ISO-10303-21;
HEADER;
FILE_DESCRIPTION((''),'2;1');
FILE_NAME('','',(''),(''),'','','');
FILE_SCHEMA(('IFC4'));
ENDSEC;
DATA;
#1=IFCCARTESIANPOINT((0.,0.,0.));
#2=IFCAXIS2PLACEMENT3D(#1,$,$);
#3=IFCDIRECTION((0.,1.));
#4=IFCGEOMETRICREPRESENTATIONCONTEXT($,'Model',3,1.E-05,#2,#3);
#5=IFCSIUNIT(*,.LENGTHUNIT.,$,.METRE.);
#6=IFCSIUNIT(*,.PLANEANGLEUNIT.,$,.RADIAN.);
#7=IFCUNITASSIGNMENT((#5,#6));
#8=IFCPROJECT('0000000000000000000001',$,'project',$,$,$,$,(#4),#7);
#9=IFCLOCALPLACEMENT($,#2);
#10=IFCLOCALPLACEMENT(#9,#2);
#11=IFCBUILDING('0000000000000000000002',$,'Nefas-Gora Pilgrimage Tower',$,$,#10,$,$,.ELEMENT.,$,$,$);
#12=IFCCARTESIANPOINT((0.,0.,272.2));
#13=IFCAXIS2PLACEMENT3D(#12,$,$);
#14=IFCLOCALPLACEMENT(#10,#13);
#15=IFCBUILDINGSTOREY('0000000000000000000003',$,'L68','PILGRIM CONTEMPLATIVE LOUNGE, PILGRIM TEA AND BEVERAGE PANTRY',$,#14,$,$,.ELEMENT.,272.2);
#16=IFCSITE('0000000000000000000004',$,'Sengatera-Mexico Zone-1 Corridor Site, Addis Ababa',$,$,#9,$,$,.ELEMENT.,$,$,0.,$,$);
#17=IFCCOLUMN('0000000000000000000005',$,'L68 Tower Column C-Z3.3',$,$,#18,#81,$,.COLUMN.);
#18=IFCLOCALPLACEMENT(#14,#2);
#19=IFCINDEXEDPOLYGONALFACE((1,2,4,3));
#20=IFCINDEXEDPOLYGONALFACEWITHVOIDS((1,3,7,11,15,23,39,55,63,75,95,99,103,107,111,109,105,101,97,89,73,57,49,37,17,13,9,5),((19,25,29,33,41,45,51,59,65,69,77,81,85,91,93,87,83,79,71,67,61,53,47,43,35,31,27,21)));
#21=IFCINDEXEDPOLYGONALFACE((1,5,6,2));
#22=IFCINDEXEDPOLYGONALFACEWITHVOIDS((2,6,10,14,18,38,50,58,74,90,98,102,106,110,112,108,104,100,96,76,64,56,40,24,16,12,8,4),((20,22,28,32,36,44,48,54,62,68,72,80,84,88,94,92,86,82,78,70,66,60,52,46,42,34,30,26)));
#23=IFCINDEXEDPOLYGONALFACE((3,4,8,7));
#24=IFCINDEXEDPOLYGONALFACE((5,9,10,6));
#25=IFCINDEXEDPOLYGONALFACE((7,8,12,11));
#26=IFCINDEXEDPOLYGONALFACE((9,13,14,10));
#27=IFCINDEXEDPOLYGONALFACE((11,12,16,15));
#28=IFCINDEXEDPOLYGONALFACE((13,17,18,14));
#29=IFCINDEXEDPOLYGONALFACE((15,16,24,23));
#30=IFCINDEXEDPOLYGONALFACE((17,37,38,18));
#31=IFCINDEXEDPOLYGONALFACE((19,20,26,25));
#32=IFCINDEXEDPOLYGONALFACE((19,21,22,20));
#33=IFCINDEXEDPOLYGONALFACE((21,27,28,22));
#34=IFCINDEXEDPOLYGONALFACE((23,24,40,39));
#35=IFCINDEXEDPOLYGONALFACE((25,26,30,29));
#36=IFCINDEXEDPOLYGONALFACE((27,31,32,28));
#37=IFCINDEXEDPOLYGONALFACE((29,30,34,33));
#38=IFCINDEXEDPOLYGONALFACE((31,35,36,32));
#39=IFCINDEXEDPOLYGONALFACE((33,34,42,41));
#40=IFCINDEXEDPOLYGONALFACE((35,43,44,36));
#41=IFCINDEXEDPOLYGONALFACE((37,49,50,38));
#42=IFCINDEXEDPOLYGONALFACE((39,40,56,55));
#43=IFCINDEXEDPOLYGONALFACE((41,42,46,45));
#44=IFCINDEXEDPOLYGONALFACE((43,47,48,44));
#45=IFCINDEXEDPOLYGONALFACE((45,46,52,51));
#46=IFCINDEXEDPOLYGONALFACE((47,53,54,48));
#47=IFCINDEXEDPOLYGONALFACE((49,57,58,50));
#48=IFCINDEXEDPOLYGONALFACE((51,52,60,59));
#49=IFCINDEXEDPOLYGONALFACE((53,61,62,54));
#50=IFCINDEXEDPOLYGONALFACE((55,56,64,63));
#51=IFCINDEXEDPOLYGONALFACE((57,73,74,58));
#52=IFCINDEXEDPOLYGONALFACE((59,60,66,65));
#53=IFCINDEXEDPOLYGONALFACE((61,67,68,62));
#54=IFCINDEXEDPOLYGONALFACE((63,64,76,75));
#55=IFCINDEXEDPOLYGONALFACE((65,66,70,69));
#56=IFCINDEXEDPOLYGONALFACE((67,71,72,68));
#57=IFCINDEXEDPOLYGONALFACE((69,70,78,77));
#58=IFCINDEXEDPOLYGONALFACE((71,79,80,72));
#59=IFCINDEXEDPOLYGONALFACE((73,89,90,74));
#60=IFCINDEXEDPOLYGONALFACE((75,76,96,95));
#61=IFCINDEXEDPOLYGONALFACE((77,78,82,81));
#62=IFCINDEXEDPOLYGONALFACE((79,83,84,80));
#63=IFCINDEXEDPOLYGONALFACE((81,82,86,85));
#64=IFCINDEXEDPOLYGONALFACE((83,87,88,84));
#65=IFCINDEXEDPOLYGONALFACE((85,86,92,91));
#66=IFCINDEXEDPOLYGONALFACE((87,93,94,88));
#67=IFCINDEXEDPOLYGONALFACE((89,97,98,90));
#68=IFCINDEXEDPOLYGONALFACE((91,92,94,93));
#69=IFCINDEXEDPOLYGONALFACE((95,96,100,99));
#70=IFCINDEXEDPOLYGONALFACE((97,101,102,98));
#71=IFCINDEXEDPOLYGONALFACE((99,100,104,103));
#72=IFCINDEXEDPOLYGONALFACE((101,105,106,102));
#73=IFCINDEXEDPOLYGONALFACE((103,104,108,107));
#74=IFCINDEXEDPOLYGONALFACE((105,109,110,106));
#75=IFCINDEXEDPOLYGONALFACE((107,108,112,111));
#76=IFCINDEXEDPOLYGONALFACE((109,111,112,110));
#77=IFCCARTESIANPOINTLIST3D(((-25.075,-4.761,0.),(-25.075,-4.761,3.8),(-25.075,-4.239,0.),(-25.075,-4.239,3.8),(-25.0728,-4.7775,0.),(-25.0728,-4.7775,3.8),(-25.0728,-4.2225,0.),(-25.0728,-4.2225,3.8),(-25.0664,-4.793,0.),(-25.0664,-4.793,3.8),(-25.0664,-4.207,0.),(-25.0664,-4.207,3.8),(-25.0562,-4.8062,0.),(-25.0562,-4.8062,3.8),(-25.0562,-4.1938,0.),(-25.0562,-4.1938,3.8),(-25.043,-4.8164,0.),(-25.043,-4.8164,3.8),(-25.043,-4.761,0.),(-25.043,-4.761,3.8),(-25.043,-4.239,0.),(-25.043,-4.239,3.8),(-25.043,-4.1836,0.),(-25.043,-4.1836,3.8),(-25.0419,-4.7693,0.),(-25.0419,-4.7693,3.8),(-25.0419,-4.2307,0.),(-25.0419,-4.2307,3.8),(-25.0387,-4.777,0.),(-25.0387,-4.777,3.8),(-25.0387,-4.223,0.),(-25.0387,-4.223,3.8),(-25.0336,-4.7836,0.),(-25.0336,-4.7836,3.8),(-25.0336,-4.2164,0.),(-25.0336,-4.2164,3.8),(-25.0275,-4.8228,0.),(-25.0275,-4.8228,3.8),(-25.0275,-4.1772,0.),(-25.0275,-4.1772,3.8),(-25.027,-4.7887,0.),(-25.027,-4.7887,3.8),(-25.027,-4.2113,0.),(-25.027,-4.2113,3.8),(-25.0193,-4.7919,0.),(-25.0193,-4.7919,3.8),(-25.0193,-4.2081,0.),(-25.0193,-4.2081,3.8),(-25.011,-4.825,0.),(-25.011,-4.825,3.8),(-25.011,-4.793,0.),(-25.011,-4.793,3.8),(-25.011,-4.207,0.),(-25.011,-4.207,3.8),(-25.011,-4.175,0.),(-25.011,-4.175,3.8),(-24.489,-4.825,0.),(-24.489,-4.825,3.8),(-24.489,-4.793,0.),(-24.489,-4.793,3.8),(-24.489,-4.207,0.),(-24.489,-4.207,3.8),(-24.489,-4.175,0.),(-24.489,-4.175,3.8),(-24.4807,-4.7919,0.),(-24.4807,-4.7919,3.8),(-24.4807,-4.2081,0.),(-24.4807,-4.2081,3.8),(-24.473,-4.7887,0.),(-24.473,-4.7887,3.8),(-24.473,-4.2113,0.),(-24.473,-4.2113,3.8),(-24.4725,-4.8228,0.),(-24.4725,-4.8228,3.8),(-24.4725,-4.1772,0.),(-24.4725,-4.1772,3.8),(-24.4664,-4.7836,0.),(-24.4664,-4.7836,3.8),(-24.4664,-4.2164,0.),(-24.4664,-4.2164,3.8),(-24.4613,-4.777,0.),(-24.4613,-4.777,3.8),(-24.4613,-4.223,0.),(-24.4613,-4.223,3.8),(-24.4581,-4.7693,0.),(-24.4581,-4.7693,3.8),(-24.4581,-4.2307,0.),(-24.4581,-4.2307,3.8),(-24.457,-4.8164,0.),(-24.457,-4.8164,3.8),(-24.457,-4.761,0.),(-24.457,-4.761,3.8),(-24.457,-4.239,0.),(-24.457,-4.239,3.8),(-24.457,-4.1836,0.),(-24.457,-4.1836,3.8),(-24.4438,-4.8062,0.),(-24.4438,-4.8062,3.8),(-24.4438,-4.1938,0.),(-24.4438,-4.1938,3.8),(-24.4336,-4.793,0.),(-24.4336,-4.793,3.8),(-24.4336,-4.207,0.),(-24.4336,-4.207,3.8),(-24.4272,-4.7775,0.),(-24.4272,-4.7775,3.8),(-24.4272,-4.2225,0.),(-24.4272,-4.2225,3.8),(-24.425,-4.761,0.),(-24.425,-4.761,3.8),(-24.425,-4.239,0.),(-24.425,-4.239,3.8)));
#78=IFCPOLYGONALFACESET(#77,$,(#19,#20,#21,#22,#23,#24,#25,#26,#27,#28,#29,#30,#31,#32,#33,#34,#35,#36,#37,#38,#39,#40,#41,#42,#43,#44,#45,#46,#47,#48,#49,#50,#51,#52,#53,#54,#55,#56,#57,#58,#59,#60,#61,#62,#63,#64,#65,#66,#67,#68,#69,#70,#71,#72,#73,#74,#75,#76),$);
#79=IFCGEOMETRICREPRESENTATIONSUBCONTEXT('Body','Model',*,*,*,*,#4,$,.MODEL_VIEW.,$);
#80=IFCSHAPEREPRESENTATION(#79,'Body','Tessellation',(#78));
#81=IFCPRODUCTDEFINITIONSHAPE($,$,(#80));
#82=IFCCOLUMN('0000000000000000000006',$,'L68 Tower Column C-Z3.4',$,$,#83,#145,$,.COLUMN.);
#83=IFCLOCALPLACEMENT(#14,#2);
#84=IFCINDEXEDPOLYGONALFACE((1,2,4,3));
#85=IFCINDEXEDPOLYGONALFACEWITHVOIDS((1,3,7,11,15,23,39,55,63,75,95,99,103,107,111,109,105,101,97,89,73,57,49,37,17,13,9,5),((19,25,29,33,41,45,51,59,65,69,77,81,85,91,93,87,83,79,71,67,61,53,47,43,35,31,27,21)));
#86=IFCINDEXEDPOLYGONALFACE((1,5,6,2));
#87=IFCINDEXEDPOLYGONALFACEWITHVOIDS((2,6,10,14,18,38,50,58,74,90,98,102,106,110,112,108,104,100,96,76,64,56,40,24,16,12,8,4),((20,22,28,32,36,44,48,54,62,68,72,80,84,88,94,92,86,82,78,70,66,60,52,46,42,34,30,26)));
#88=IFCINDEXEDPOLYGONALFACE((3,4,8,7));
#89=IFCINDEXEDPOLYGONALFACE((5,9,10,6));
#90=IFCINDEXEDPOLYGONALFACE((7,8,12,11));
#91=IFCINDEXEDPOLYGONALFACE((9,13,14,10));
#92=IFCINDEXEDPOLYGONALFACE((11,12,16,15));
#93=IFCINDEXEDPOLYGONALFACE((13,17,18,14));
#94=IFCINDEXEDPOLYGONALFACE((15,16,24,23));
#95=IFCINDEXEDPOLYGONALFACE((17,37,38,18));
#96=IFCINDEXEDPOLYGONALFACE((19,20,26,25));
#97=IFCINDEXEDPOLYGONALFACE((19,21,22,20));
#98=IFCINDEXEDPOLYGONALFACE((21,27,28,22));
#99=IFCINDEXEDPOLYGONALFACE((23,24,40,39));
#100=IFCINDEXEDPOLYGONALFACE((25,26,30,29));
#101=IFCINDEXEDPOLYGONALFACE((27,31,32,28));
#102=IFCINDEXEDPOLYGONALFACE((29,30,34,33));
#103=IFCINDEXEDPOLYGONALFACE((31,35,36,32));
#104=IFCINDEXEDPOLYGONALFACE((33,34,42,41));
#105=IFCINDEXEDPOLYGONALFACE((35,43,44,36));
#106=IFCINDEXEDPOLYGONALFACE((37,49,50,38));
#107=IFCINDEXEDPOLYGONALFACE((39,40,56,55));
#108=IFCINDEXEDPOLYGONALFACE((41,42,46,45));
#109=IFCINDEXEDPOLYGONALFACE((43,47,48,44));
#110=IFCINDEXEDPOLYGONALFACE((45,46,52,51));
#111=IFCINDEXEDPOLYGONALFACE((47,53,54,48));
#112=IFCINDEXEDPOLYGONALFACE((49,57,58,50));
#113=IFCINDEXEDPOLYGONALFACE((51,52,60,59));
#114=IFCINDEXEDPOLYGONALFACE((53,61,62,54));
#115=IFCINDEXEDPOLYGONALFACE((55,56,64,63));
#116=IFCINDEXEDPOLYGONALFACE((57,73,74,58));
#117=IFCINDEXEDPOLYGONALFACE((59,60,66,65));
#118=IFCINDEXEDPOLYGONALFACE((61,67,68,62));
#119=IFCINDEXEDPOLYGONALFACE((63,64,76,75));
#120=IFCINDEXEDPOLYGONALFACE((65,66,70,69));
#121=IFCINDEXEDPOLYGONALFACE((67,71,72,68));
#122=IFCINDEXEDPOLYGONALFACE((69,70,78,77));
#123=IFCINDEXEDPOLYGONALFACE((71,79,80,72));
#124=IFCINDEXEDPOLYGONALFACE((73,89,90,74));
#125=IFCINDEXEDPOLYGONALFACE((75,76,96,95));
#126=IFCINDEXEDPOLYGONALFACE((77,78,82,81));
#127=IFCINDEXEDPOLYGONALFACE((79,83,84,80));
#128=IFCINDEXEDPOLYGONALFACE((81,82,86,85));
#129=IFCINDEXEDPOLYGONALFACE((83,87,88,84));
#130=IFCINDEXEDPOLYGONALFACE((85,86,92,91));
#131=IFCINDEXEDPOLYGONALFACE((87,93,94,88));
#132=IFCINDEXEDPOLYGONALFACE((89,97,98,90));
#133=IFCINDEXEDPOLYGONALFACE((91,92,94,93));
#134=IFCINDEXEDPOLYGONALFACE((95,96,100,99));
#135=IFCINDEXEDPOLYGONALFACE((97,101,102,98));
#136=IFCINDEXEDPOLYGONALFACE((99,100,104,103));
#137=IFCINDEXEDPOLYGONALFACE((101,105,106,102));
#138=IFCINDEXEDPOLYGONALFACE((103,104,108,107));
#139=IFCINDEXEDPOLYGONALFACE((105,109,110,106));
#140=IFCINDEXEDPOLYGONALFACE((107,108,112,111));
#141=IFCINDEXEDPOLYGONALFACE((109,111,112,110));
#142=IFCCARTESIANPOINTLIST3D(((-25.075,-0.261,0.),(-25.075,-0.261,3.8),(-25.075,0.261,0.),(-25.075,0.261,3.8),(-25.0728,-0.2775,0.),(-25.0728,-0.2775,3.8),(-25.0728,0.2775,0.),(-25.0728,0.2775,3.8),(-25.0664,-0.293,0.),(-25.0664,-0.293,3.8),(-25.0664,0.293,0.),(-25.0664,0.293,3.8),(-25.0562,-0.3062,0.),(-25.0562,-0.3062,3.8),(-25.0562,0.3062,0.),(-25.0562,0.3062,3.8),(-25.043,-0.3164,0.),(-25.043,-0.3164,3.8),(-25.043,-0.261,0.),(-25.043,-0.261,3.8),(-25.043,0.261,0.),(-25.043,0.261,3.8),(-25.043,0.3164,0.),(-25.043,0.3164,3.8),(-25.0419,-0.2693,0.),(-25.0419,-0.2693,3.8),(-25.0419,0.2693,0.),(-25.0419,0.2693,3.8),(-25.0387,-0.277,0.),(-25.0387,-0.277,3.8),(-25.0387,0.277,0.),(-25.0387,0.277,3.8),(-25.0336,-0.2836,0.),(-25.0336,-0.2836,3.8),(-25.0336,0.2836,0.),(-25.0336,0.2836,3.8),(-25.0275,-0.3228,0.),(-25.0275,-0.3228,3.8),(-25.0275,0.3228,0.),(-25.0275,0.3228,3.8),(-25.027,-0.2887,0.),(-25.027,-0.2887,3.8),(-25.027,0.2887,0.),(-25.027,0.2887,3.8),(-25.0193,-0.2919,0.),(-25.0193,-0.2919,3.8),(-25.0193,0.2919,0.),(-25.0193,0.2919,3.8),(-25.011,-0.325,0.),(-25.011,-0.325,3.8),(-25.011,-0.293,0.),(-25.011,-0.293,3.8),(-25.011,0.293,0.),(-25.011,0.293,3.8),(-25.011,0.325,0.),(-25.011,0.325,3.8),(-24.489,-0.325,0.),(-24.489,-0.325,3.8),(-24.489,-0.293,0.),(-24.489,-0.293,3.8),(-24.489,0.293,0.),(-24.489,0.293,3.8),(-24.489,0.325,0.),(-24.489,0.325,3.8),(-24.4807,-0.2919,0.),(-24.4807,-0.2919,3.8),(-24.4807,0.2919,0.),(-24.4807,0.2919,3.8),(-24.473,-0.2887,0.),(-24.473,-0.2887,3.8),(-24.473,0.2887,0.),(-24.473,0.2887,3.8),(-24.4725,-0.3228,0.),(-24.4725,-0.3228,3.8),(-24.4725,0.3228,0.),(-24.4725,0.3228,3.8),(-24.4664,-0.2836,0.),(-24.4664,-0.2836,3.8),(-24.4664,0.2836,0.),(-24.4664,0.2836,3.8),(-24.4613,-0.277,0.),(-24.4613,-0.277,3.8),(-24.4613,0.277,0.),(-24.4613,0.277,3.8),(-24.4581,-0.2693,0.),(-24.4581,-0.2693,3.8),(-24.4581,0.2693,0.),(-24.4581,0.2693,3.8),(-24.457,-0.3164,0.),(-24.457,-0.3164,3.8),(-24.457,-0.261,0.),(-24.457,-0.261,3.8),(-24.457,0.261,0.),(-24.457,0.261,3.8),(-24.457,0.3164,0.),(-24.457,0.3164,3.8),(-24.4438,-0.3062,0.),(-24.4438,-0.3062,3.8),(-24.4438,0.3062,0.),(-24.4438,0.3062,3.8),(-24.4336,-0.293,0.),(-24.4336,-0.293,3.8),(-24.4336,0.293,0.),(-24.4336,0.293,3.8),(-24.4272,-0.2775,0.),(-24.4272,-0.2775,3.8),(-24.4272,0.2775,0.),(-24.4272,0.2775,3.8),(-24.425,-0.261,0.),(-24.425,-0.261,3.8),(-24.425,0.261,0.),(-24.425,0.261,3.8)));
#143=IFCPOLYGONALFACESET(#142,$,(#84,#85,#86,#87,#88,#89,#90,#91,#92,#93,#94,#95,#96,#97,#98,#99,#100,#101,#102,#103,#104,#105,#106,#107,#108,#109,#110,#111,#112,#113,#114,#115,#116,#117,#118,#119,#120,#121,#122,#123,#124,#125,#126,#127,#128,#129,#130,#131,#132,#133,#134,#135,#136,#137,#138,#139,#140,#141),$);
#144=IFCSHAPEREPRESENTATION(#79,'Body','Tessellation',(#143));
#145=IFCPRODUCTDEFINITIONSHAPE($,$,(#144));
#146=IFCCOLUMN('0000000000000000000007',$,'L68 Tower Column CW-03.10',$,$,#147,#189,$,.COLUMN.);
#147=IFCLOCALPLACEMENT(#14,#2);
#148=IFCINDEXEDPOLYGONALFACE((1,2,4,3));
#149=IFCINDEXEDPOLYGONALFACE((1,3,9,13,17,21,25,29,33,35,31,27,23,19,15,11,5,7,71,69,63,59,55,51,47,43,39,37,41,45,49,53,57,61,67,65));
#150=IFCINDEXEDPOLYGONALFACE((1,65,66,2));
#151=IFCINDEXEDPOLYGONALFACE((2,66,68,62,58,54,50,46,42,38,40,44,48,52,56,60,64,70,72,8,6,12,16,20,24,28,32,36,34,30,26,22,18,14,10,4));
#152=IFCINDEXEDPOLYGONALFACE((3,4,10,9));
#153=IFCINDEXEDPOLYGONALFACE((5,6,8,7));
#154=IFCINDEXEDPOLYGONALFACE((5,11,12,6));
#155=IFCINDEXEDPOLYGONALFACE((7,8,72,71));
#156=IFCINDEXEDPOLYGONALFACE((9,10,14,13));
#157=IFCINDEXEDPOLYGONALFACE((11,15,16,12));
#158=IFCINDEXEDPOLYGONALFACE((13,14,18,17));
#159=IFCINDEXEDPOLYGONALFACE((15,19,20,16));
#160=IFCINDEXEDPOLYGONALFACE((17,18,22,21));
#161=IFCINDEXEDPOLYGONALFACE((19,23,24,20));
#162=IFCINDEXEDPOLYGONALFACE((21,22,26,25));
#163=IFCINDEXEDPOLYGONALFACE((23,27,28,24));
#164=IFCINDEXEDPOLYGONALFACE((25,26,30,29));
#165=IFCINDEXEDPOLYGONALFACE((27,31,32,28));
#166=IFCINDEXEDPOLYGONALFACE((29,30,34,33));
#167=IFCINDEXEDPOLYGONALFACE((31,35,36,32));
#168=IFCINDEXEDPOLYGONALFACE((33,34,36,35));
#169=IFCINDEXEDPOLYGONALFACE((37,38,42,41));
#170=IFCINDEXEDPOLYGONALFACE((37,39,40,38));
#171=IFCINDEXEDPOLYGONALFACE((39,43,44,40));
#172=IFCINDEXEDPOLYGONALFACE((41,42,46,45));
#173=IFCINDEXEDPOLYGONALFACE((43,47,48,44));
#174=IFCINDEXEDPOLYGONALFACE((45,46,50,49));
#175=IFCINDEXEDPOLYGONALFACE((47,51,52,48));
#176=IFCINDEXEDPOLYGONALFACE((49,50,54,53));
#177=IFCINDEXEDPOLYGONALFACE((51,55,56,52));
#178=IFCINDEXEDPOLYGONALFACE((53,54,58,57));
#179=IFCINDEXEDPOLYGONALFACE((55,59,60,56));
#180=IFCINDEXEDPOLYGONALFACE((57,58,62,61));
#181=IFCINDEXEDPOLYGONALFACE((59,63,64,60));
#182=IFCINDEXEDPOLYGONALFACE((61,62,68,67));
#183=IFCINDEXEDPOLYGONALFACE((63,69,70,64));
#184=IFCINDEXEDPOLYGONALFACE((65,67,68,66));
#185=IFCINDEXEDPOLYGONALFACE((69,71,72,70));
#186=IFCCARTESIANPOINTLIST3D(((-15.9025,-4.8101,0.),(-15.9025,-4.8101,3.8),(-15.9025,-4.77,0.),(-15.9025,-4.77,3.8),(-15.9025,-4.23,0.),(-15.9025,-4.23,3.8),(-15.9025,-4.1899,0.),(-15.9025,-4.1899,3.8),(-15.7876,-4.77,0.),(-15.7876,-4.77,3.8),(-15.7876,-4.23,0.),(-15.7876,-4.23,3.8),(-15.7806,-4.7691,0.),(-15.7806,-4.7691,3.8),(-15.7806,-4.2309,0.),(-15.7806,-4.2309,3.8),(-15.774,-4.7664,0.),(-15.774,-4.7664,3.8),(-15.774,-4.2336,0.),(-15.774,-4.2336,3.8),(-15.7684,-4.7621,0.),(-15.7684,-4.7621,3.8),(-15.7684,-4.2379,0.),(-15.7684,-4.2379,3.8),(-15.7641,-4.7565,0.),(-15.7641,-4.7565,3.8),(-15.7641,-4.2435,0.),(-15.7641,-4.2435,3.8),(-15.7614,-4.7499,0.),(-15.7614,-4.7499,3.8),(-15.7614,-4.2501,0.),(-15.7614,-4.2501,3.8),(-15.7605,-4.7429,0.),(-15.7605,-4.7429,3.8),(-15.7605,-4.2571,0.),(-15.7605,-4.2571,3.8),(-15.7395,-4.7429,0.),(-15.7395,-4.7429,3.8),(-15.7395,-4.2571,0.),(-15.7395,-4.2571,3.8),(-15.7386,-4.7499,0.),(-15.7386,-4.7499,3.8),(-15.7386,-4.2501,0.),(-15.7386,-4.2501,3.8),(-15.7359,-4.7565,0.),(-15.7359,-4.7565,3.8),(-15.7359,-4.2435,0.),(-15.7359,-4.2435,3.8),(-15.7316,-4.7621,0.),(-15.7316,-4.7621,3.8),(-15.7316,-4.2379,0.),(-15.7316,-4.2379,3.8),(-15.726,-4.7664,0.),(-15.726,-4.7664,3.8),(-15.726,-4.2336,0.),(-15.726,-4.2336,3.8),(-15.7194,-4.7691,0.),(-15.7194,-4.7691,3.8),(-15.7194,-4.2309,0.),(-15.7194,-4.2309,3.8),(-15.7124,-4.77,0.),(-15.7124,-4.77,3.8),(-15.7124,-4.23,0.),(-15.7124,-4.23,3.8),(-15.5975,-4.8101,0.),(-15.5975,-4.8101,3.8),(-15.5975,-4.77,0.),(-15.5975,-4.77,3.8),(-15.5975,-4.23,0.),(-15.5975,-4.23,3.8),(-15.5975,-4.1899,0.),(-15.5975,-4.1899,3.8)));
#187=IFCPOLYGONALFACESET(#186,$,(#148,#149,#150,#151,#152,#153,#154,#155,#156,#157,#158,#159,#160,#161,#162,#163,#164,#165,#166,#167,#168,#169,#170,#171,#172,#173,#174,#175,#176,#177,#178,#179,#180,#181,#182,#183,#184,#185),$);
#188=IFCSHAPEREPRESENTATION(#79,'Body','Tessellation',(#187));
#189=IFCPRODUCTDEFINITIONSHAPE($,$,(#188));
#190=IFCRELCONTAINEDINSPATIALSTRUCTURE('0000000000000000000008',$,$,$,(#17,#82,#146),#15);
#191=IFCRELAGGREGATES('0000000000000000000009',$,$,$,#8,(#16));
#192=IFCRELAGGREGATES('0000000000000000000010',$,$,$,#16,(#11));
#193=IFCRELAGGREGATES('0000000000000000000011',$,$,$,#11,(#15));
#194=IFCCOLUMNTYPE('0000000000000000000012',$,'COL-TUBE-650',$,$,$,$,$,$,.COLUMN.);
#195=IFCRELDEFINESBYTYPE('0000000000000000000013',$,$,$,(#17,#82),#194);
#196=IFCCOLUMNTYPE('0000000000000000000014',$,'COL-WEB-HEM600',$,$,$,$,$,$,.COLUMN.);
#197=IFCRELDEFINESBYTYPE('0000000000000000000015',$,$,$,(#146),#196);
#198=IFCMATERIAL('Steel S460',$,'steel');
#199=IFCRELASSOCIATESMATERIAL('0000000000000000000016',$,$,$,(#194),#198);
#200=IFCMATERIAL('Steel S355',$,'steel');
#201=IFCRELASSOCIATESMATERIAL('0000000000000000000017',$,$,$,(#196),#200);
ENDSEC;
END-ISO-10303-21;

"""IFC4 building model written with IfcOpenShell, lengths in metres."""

from ifc_helpers import new_model, si_unit, direction, frame, origin, origin_2d, place, context, subcontext, project, spatial, hollow_rectangle, i_section, extrude, source, transform, mapped, material, material_profile, profile_set, type_object, element, save


model = new_model("IFC4")

# Units and contexts
model_context = context("Model", 3, precision=1e-05, world=origin(), true_north=direction((0.0, 1.0)))
body_context = subcontext(model_context, "Body", "Model", "MODEL_VIEW")
ifc_project = project(units=[si_unit("LENGTHUNIT", "METRE"), si_unit("PLANEANGLEUNIT", "RADIAN")], contexts=[model_context])

# Site, building, storey
site_placement = place(None, origin())
site = spatial("IfcSite", under=ifc_project, at=site_placement, Name="Sengatera-Mexico Zone-1 Corridor Site, Addis Ababa", CompositionType="ELEMENT", RefElevation=0.0)
building_placement = place(site_placement, origin())
building = spatial("IfcBuilding", under=site, at=building_placement, Name="Nefas-Gora Pilgrimage Tower", CompositionType="ELEMENT")
storey_placement = place(building_placement, frame((0.0, 0.0, 272.2)))
storey = spatial("IfcBuildingStorey", under=building, at=storey_placement, Name="L68", Description="PILGRIM CONTEMPLATIVE LOUNGE, PILGRIM TEA AND BEVERAGE PANTRY", CompositionType="ELEMENT", Elevation=272.2)

# Columns
ifc_material_1 = material(Name="Steel S460", Category="steel")
ifc_material_profile_1 = material_profile(ifc_material_1, hollow_rectangle(XDim=0.6499, YDim=0.6499, WallThickness=0.032, InnerFilletRadius=0.032, OuterFilletRadius=0.064, at=origin_2d()), Name="BOX 650x650x32")
ifc_profile_set_1 = profile_set([ifc_material_profile_1], Name="Steel S460")
column_type_1 = type_object("IfcColumnType", Name="COL-TUBE-650", PredefinedType="COLUMN", material=ifc_profile_set_1)
shared_shape_1 = source(origin(), body_context, "Body", "SweptSolid", [
    extrude(hollow_rectangle(XDim=0.6499, YDim=0.6499, WallThickness=0.032, InnerFilletRadius=0.032, OuterFilletRadius=0.064, at=origin_2d()), origin(), (0.0, 0.0, 1.0), 3.8),
])
for number, where, z_axis, x_axis, name in (
    (1, (-24.75, -4.5, 0.0), (0.0, 0.0, 1.0), (1.0, 0.0, 0.0), "L68 Tower Column C-Z3.3"),
    (2, (-24.75, 0.0, 0.0), (0.0, 0.0, 1.0), (1.0, 0.0, 0.0), "L68 Tower Column C-Z3.4"),
):
    element("IfcColumn", number, at=place(storey_placement, frame(where, z_axis=z_axis, x_axis=x_axis)), inside=storey, type_object=column_type_1, Name=name, PredefinedType="COLUMN", context=body_context, shape_type="MappedRepresentation", body=[
        mapped(shared_shape_1, transform((0.0, 0.0, 0.0), x_axis=(1.0, 0.0, 0.0), y_axis=(0.0, 1.0, 0.0), z_axis=(0.0, 0.0, 1.0), scale=1.0)),
    ])
ifc_material_2 = material(Name="Steel S355", Category="steel")
ifc_material_profile_2 = material_profile(ifc_material_2, i_section(OverallWidth=0.3049, OverallDepth=0.6201, WebThickness=0.021, FlangeThickness=0.04, FilletRadius=0.0271, at=origin_2d()), Name="HEM 600")
ifc_profile_set_2 = profile_set([ifc_material_profile_2], Name="Steel S355")
column_type_2 = type_object("IfcColumnType", Name="COL-WEB-HEM600", PredefinedType="COLUMN", material=ifc_profile_set_2)
shared_shape_2 = source(origin(), body_context, "Body", "SweptSolid", [
    extrude(i_section(OverallWidth=0.3049, OverallDepth=0.6201, WebThickness=0.021, FlangeThickness=0.04, FilletRadius=0.0271, at=origin_2d()), origin(), (0.0, 0.0, 1.0), 3.8),
])
for number, where, z_axis, x_axis, name in (
    (3, (-15.75, -4.5, 0.0), (0.0, 0.0, 1.0), (1.0, 0.0, 0.0), "L68 Tower Column CW-03.10"),
):
    element("IfcColumn", number, at=place(storey_placement, frame(where, z_axis=z_axis, x_axis=x_axis)), inside=storey, type_object=column_type_2, Name=name, PredefinedType="COLUMN", context=body_context, shape_type="MappedRepresentation", body=[
        mapped(shared_shape_2, transform((0.0, 0.0, 0.0), x_axis=(1.0, 0.0, 0.0), y_axis=(0.0, 1.0, 0.0), z_axis=(0.0, 0.0, 1.0), scale=1.0)),
    ])

save(model, "model.ifc")
